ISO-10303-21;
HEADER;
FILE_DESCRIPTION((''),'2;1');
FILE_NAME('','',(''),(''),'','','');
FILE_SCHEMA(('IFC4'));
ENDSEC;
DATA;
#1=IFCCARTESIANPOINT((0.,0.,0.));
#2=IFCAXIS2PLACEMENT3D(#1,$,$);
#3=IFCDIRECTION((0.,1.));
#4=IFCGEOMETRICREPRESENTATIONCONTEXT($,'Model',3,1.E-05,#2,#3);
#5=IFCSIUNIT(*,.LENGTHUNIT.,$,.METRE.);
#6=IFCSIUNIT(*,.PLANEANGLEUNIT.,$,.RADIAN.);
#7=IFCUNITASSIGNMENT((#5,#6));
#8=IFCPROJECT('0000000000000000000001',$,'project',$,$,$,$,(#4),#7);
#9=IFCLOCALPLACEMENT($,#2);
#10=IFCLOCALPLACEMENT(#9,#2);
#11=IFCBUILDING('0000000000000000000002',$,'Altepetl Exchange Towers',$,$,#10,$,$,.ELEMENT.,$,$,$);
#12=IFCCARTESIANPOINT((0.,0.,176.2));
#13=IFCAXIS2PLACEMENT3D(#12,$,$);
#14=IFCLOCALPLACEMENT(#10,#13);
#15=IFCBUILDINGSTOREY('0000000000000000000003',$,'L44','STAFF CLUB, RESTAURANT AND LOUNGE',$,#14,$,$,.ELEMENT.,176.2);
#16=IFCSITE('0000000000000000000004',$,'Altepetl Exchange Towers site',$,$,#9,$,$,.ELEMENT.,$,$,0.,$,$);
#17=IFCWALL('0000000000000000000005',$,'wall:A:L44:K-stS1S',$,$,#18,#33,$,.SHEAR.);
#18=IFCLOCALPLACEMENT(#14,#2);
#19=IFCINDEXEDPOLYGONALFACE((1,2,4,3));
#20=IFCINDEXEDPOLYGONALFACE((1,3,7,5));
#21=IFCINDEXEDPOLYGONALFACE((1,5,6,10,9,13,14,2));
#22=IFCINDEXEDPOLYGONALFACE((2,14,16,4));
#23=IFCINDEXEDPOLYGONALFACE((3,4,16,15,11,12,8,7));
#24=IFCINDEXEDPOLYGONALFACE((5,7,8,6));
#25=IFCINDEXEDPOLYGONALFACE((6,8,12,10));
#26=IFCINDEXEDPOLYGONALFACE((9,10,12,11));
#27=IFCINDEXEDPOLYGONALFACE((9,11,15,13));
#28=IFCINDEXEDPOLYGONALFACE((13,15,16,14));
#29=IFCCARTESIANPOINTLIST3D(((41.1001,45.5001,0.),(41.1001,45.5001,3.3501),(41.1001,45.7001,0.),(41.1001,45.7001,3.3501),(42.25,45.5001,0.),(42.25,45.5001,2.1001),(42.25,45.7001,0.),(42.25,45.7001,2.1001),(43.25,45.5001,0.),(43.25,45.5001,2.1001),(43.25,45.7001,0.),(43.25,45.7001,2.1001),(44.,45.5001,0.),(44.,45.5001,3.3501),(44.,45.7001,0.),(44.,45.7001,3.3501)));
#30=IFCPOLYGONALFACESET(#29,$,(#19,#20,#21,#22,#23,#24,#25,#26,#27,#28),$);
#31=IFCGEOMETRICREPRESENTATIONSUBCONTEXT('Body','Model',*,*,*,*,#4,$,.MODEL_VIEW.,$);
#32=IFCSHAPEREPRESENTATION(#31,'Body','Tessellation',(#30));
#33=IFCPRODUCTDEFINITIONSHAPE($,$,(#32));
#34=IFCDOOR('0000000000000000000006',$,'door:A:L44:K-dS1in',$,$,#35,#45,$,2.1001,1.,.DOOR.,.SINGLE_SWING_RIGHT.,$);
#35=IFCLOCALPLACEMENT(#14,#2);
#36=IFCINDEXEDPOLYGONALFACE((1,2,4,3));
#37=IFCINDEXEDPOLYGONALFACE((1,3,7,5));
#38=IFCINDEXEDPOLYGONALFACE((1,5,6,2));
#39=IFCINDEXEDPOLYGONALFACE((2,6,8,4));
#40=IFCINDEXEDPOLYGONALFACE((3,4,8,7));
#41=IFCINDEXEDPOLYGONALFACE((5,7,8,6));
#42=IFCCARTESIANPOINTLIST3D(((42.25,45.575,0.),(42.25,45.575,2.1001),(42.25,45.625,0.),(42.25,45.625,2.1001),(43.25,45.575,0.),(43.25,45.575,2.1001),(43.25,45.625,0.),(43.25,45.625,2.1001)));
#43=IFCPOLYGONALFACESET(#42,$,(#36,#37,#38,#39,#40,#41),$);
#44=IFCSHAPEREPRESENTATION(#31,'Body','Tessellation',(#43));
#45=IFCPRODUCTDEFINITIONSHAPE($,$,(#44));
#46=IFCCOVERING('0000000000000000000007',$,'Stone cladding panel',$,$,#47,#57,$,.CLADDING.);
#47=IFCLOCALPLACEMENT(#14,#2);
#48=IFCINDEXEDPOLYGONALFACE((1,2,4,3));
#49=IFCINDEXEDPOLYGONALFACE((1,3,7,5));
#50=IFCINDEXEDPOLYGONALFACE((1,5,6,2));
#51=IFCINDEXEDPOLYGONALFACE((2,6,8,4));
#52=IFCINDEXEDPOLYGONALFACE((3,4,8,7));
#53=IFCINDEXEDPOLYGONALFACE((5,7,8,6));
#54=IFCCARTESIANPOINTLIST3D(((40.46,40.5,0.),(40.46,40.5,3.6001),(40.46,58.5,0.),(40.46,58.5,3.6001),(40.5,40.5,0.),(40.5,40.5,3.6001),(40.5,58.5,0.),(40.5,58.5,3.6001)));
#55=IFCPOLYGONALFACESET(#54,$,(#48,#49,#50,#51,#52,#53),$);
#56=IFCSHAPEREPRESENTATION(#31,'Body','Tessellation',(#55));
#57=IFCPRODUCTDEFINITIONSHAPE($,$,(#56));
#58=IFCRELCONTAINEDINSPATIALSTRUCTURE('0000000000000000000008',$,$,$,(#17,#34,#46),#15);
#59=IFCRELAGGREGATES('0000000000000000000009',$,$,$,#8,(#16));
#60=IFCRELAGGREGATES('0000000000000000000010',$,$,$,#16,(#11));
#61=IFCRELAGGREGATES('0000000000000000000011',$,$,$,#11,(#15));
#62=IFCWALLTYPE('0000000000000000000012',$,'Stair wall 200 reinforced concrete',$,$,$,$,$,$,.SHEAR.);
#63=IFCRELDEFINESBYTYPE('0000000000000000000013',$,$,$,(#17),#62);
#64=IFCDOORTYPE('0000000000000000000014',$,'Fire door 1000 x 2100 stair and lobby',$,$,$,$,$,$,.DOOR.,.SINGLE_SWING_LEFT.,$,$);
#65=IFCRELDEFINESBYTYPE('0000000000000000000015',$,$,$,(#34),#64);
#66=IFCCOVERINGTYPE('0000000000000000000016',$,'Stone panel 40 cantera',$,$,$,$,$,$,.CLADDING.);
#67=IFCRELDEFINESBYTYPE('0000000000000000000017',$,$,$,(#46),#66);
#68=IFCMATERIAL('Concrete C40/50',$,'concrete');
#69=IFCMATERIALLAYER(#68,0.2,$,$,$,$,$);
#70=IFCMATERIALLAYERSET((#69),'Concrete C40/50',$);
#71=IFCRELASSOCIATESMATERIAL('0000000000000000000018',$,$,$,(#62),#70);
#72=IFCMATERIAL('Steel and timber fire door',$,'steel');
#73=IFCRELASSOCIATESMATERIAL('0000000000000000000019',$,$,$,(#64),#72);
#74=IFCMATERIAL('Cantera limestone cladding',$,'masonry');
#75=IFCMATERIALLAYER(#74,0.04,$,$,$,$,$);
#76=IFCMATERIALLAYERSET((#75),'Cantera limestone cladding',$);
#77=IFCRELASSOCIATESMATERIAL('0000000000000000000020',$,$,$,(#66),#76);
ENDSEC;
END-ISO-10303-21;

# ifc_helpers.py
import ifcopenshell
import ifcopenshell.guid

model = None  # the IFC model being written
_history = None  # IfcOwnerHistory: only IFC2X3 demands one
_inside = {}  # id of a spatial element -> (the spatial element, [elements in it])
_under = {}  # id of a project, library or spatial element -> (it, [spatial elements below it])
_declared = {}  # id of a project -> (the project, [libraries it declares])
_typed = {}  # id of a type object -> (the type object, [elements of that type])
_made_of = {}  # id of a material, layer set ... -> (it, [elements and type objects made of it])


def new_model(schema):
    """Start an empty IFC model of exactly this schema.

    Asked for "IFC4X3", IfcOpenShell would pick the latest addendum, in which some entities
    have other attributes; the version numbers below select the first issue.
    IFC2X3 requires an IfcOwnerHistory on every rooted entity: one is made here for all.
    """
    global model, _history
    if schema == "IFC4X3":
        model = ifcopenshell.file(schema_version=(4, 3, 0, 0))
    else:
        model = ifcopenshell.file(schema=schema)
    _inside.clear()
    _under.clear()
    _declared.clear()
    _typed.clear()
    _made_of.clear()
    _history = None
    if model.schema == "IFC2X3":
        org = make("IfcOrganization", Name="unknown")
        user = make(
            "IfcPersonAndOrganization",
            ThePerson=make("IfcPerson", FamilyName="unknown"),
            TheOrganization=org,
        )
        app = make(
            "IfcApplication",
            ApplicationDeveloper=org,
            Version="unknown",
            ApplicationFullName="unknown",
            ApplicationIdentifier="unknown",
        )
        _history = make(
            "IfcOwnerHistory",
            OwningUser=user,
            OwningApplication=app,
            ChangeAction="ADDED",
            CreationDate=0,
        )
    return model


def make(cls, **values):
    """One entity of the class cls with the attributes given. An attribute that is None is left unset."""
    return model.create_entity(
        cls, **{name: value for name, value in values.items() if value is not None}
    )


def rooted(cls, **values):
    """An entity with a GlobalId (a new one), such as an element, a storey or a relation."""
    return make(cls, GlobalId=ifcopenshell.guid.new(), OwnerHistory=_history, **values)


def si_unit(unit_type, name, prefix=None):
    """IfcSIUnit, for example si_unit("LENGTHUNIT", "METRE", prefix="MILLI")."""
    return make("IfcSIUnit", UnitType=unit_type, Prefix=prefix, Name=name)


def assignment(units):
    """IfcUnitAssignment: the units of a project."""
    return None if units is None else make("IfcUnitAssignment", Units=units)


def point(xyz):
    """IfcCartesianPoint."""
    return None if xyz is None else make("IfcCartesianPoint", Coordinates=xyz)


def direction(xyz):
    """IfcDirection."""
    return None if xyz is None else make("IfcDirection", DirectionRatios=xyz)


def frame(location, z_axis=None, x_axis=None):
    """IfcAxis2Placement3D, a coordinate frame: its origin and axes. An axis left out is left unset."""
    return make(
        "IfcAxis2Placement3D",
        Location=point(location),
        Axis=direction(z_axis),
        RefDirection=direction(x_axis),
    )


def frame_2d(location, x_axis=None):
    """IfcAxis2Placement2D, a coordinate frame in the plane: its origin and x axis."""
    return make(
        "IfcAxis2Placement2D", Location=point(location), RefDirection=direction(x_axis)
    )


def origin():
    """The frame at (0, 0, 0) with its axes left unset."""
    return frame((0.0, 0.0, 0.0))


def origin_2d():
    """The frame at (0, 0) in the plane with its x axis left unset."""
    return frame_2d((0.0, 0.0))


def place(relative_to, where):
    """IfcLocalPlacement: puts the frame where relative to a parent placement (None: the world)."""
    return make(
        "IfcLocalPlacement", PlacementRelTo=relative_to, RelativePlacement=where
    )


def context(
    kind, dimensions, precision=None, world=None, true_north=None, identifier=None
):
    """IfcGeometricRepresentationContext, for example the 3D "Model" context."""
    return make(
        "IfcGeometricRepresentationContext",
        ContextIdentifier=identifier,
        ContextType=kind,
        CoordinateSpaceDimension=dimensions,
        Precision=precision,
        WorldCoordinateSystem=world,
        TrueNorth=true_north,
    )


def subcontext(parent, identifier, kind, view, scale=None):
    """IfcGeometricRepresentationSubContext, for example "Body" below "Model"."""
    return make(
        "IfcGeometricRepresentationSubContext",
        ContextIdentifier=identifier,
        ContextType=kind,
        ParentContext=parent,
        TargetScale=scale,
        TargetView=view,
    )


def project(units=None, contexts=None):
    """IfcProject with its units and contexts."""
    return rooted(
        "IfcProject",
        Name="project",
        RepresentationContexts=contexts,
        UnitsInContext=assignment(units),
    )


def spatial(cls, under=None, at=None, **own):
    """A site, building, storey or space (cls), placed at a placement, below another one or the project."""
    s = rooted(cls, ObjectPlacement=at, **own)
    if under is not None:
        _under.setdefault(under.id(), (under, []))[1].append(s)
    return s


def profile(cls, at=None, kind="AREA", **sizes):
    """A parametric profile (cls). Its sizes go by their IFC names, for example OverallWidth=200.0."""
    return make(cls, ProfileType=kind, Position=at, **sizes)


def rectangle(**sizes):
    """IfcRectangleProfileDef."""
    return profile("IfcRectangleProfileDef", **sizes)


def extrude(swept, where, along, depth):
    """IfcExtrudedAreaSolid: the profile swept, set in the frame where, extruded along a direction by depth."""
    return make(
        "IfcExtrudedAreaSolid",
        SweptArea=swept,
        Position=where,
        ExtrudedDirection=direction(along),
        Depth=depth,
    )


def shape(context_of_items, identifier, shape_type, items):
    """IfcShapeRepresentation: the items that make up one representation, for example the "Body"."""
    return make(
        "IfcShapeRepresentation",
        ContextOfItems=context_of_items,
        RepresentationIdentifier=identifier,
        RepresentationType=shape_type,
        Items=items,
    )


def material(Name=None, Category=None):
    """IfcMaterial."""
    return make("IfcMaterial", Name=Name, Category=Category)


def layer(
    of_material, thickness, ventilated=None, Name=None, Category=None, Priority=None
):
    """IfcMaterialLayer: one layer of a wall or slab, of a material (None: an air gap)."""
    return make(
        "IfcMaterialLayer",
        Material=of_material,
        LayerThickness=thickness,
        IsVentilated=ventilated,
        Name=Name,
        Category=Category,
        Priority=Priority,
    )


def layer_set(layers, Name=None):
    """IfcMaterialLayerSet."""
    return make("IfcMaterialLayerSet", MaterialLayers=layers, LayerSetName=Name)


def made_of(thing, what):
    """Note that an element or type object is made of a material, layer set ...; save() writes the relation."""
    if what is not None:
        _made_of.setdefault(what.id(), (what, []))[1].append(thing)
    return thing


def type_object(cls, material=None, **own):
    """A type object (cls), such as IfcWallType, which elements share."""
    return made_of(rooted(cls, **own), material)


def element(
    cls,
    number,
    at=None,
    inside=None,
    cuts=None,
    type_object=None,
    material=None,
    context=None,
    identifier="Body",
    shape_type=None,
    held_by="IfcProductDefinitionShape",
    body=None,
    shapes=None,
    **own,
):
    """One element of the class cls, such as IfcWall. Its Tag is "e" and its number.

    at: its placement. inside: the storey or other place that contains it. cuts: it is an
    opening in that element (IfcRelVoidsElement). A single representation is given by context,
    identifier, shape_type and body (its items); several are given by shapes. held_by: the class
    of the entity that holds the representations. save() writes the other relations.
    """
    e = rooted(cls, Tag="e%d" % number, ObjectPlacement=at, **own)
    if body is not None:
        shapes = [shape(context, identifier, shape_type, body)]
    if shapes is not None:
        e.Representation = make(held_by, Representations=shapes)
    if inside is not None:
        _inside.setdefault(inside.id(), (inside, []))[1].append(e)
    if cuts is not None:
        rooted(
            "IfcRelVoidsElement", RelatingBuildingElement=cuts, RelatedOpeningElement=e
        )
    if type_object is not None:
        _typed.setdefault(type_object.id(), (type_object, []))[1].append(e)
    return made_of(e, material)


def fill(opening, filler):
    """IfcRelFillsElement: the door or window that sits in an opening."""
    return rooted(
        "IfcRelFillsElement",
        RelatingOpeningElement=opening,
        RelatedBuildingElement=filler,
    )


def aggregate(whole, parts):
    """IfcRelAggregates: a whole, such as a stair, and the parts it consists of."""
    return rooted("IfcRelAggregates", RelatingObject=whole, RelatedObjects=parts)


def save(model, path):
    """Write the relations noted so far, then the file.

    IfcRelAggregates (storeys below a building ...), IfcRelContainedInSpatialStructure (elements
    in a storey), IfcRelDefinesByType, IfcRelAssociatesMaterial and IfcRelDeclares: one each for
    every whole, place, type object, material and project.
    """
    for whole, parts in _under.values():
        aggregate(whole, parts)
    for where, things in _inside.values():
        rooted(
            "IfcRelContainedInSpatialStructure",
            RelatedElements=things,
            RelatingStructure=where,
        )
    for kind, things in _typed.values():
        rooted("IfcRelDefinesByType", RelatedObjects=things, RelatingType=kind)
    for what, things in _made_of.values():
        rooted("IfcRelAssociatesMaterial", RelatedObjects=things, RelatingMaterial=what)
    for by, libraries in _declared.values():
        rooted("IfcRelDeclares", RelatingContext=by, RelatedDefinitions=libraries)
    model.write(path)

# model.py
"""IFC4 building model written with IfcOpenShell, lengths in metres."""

from ifc_helpers import new_model, si_unit, direction, frame, frame_2d, origin, origin_2d, place, context, subcontext, project, spatial, rectangle, extrude, material, layer, layer_set, type_object, element, fill, save


model = new_model("IFC4")

# Units and contexts
model_context = context("Model", 3, precision=1e-05, world=origin(), true_north=direction((0.0, 1.0)))
body_context = subcontext(model_context, "Body", "Model", "MODEL_VIEW")
ifc_project = project(units=[si_unit("LENGTHUNIT", "METRE"), si_unit("PLANEANGLEUNIT", "RADIAN")], contexts=[model_context])

# Site, building, storey
site_placement = place(None, origin())
site = spatial("IfcSite", under=ifc_project, at=site_placement, Name="Altepetl Exchange Towers site", CompositionType="ELEMENT", RefElevation=0.0)
building_placement = place(site_placement, origin())
building = spatial("IfcBuilding", under=site, at=building_placement, Name="Altepetl Exchange Towers", CompositionType="ELEMENT")
storey_placement = place(building_placement, frame((0.0, 0.0, 176.2)))
storey = spatial("IfcBuildingStorey", under=building, at=storey_placement, Name="L44", Description="STAFF CLUB, RESTAURANT AND LOUNGE", CompositionType="ELEMENT", Elevation=176.2)

# Shared definitions
ifc_material_1 = material(Name="Concrete C40/50", Category="concrete")
ifc_material_2 = material(Name="Steel and timber fire door", Category="steel")

# Wall, opening, door
ifc_layer_1 = layer(ifc_material_1, 0.2)
ifc_layer_set_1 = layer_set([ifc_layer_1], Name="Concrete C40/50")
wall_type_1 = type_object("IfcWallType", Name="Stair wall 200 reinforced concrete", PredefinedType="SHEAR", material=ifc_layer_set_1)
wall_1_placement = place(storey_placement, frame((41.1001, 45.6001, 0.0)))
wall_1 = element("IfcWall", 1, at=wall_1_placement, inside=storey, type_object=wall_type_1, Name="wall:A:L44:K-stS1S", PredefinedType="SHEAR", context=body_context, shape_type="SweptSolid", body=[
    extrude(rectangle(XDim=2.8999, YDim=0.2, at=frame_2d((1.45, 0.0))), origin(), (0.0, 0.0, 1.0), 3.3501),
])
opening_1_placement = place(wall_1_placement, frame((1.1499, 0.0, 0.0)))
opening_1 = element("IfcOpeningElement", 2, at=opening_1_placement, cuts=wall_1, PredefinedType="OPENING", context=body_context, shape_type="SweptSolid", body=[
    extrude(rectangle(XDim=1.0, YDim=2.1001, at=frame_2d((0.5, 1.05))), frame((0.0, 0.1099, 0.0), z_axis=(0.0, -1.0, 0.0), x_axis=(1.0, 0.0, 0.0)), (0.0, 0.0, 1.0), 0.22),
])
door_type_1 = type_object("IfcDoorType", Name="Fire door 1000 x 2100 stair and lobby", OperationType="SINGLE_SWING_LEFT", PredefinedType="DOOR", material=ifc_material_2)
door_1_placement = place(opening_1_placement, origin())
door_1 = element("IfcDoor", 3, at=door_1_placement, inside=storey, type_object=door_type_1, Name="door:A:L44:K-dS1in", OperationType="SINGLE_SWING_RIGHT", OverallHeight=2.1001, OverallWidth=1.0, PredefinedType="DOOR", context=body_context, shape_type="SweptSolid", body=[
    extrude(rectangle(XDim=1.0, YDim=2.1001, at=frame_2d((0.5, 1.05))), frame((0.0, 0.0249, 0.0), z_axis=(0.0, -1.0, 0.0), x_axis=(1.0, 0.0, 0.0)), (0.0, 0.0, 1.0), 0.05),
])
fill(opening_1, door_1)

# Covering
ifc_material_3 = material(Name="Cantera limestone cladding", Category="masonry")
ifc_layer_2 = layer(ifc_material_3, 0.04)
ifc_layer_set_2 = layer_set([ifc_layer_2], Name="Cantera limestone cladding")
covering_type = type_object("IfcCoveringType", Name="Stone panel 40 cantera", PredefinedType="CLADDING", material=ifc_layer_set_2)
covering_placement = place(storey_placement, frame((40.48, 49.5, 0.0), z_axis=(0.0, 0.0, 1.0), x_axis=(0.0, -1.0, 0.0)))
element("IfcCovering", 4, at=covering_placement, inside=storey, type_object=covering_type, Name="Stone cladding panel", PredefinedType="CLADDING", context=body_context, shape_type="SweptSolid", body=[
    extrude(rectangle(XDim=18.0, YDim=0.04, at=origin_2d()), origin(), (0.0, 0.0, 1.0), 3.6001),
])

save(model, "model.ifc")
